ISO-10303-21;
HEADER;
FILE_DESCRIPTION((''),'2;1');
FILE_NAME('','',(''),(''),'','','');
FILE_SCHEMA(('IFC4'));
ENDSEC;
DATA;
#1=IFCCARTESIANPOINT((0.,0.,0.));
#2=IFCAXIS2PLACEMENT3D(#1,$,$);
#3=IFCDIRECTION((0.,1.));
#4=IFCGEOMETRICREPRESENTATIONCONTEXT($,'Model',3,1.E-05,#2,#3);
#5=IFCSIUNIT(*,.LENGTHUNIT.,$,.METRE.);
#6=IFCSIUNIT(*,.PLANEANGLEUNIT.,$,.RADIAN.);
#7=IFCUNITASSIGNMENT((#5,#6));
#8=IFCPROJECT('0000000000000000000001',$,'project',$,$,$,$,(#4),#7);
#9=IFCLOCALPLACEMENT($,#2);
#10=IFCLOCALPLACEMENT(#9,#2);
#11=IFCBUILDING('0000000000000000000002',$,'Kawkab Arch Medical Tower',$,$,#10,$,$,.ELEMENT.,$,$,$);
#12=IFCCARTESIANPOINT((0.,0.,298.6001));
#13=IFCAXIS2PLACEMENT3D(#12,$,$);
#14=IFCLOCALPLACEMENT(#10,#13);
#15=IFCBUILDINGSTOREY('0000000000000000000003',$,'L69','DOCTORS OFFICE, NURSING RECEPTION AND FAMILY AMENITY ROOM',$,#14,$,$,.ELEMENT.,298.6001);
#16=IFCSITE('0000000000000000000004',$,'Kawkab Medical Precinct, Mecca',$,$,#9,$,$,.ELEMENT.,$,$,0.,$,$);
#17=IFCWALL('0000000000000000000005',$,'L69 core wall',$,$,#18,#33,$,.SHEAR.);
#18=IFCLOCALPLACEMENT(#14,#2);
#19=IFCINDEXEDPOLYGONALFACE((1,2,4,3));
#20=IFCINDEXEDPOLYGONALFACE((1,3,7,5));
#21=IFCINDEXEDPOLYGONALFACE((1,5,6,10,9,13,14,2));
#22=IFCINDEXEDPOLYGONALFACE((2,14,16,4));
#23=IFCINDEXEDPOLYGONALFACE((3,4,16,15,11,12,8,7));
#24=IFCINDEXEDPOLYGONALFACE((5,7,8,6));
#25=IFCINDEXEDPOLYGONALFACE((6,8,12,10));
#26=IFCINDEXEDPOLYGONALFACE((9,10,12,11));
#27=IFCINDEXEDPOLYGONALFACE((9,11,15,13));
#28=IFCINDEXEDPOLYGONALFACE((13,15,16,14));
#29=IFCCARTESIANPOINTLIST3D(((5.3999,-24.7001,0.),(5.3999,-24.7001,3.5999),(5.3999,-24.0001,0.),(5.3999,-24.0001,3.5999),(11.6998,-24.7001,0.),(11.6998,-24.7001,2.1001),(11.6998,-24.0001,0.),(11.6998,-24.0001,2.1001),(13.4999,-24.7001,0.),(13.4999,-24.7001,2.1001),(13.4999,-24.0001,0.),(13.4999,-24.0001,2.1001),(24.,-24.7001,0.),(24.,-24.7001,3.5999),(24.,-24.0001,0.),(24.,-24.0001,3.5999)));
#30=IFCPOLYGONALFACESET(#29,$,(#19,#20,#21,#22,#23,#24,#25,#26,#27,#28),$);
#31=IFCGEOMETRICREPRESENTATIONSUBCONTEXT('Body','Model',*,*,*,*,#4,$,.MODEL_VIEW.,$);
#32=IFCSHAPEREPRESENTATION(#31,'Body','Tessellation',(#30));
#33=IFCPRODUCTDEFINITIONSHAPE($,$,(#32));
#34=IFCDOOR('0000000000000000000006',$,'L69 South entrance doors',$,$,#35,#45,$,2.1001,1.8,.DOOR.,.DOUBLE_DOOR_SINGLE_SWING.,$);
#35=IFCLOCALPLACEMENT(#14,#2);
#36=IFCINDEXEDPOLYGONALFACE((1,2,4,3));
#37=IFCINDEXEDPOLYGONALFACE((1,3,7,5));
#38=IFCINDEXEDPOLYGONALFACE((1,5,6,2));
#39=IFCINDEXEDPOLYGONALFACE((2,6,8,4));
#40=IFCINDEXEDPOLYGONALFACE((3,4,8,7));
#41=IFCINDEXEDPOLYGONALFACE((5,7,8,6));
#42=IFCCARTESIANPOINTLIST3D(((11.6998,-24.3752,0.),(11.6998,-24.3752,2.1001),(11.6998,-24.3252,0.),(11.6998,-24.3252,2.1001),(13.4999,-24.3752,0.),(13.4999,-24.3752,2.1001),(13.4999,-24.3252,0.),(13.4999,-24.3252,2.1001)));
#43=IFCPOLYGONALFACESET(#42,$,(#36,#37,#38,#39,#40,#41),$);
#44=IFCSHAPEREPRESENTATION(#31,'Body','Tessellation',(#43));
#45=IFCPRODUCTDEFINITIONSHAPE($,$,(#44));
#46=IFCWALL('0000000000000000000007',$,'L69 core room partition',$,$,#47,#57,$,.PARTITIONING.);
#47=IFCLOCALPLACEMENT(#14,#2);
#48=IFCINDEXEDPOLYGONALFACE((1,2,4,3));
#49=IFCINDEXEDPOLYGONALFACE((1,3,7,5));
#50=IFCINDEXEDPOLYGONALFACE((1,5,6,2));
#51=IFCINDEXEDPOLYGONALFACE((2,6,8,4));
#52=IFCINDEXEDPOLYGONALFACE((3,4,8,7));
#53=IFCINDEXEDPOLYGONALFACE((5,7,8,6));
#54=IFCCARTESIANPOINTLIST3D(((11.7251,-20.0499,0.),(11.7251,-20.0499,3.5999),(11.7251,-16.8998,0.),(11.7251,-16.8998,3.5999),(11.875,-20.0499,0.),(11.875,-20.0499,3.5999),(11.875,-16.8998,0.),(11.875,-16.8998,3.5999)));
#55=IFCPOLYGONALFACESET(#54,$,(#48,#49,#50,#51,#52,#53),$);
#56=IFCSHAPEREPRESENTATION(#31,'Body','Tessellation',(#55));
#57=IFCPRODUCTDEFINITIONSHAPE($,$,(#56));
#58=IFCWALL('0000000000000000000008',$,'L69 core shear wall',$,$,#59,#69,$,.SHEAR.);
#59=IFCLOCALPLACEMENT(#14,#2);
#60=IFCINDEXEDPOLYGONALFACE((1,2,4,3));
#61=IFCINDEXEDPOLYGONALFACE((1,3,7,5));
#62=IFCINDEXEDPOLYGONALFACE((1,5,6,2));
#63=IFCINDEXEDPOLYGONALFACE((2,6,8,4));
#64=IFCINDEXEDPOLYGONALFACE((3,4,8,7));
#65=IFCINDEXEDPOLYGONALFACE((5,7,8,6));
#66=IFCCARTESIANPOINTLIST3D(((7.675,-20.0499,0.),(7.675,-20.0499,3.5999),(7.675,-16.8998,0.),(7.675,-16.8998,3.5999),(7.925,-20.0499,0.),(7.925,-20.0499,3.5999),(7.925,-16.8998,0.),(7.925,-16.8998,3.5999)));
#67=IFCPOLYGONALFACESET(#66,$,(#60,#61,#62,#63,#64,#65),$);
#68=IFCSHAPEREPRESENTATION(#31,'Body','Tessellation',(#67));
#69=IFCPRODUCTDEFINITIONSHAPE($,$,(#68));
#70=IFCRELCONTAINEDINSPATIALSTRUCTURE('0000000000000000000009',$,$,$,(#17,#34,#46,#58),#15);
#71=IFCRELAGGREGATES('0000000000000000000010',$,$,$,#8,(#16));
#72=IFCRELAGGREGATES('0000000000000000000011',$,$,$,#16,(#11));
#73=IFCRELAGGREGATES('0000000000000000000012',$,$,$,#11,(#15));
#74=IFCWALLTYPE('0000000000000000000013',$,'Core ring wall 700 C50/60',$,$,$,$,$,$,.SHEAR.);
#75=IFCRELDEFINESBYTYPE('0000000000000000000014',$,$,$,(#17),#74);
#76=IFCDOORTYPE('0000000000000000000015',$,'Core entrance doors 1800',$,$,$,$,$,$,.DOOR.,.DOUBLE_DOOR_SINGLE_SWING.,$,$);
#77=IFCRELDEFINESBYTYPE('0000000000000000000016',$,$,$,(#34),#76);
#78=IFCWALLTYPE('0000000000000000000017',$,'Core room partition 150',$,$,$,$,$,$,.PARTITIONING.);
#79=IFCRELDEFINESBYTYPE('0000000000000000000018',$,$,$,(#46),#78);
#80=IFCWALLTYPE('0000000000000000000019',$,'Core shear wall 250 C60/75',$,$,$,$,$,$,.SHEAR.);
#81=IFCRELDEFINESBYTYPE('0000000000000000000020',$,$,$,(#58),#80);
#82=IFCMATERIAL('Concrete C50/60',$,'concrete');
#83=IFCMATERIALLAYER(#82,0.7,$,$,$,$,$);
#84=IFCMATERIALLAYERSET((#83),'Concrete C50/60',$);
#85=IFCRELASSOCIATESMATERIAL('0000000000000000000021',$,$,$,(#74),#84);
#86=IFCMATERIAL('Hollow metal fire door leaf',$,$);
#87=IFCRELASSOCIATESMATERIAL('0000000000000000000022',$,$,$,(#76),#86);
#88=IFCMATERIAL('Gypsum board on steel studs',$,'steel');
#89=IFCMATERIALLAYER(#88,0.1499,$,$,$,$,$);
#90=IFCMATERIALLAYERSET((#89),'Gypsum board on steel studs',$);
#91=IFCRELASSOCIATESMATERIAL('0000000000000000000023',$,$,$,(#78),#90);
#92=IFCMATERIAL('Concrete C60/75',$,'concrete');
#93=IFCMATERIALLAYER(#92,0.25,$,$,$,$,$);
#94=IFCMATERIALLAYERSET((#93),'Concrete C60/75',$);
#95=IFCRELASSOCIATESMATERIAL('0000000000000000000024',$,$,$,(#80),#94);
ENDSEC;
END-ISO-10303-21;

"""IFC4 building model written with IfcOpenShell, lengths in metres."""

from ifc_helpers import new_model, si_unit, direction, frame, frame_2d, origin, place, context, subcontext, project, spatial, rectangle, extrude, material, layer, layer_set, type_object, element, fill, save


model = new_model("IFC4")

# Units and contexts
model_context = context("Model", 3, precision=1e-05, world=origin(), true_north=direction((0.0, 1.0)))
body_context = subcontext(model_context, "Body", "Model", "MODEL_VIEW")
ifc_project = project(units=[si_unit("LENGTHUNIT", "METRE"), si_unit("PLANEANGLEUNIT", "RADIAN")], contexts=[model_context])

# Site, building, storey
site_placement = place(None, origin())
site = spatial("IfcSite", under=ifc_project, at=site_placement, Name="Kawkab Medical Precinct, Mecca", CompositionType="ELEMENT", RefElevation=0.0)
building_placement = place(site_placement, origin())
building = spatial("IfcBuilding", under=site, at=building_placement, Name="Kawkab Arch Medical Tower", CompositionType="ELEMENT")
storey_placement = place(building_placement, frame((0.0, 0.0, 298.6001)))
storey = spatial("IfcBuildingStorey", under=building, at=storey_placement, Name="L69", Description="DOCTORS OFFICE, NURSING RECEPTION AND FAMILY AMENITY ROOM", CompositionType="ELEMENT", Elevation=298.6001)

# Wall, opening, door
ifc_material_1 = material(Name="Concrete C50/60", Category="concrete")
ifc_layer_1 = layer(ifc_material_1, 0.7)
ifc_layer_set_1 = layer_set([ifc_layer_1], Name="Concrete C50/60")
wall_type_1 = type_object("IfcWallType", Name="Core ring wall 700 C50/60", PredefinedType="SHEAR", material=ifc_layer_set_1)
wall_1_placement = place(storey_placement, frame((5.3999, -24.3501, 0.0), z_axis=(0.0, 0.0, 1.0), x_axis=(1.0, 0.0, 0.0)))
wall_1 = element("IfcWall", 1, at=wall_1_placement, inside=storey, type_object=wall_type_1, Name="L69 core wall", PredefinedType="SHEAR", context=body_context, shape_type="SweptSolid", body=[
    extrude(rectangle(XDim=18.6001, YDim=0.7, at=frame_2d((9.3, 0.0))), origin(), (0.0, 0.0, 1.0), 3.5999),
])
opening_1_placement = place(wall_1_placement, frame((6.3, 0.0, 0.0)))
opening_1 = element("IfcOpeningElement", 2, at=opening_1_placement, cuts=wall_1, PredefinedType="OPENING", context=body_context, shape_type="SweptSolid", body=[
    extrude(rectangle(XDim=1.8, YDim=2.1001, at=frame_2d((0.8999, 1.05))), frame((0.0, 0.3599, 0.0), z_axis=(0.0, -1.0, 0.0), x_axis=(1.0, 0.0, 0.0)), (0.0, 0.0, 1.0), 0.72),
])
ifc_material_2 = material(Name="Hollow metal fire door leaf")
door_type_1 = type_object("IfcDoorType", Name="Core entrance doors 1800", OperationType="DOUBLE_DOOR_SINGLE_SWING", PredefinedType="DOOR", material=ifc_material_2)
door_1_placement = place(opening_1_placement, origin())
door_1 = element("IfcDoor", 3, at=door_1_placement, inside=storey, type_object=door_type_1, Name="L69 South entrance doors", OperationType="DOUBLE_DOOR_SINGLE_SWING", OverallHeight=2.1001, OverallWidth=1.8, PredefinedType="DOOR", context=body_context, shape_type="SweptSolid", body=[
    extrude(rectangle(XDim=1.8, YDim=2.1001, at=frame_2d((0.8999, 1.05))), frame((0.0, 0.0249, 0.0), z_axis=(0.0, -1.0, 0.0), x_axis=(1.0, 0.0, 0.0)), (0.0, 0.0, 1.0), 0.05),
])
fill(opening_1, door_1)

# Walls
ifc_material_3 = material(Name="Gypsum board on steel studs", Category="steel")
ifc_layer_2 = layer(ifc_material_3, 0.1499)
ifc_layer_set_2 = layer_set([ifc_layer_2], Name="Gypsum board on steel studs")
wall_type_2 = type_object("IfcWallType", Name="Core room partition 150", PredefinedType="PARTITIONING", material=ifc_layer_set_2)
wall_2_placement = place(storey_placement, frame((11.8, -20.05, 0.0), z_axis=(0.0, 0.0, 1.0), x_axis=(0.0, 1.0, 0.0)))
element("IfcWall", 4, at=wall_2_placement, inside=storey, type_object=wall_type_2, Name="L69 core room partition", PredefinedType="PARTITIONING", context=body_context, shape_type="SweptSolid", body=[
    extrude(rectangle(XDim=3.1501, YDim=0.1499, at=frame_2d((1.5752, 0.0))), origin(), (0.0, 0.0, 1.0), 3.5999),
])
ifc_material_4 = material(Name="Concrete C60/75", Category="concrete")
ifc_layer_3 = layer(ifc_material_4, 0.25)
ifc_layer_set_3 = layer_set([ifc_layer_3], Name="Concrete C60/75")
wall_type_3 = type_object("IfcWallType", Name="Core shear wall 250 C60/75", PredefinedType="SHEAR", material=ifc_layer_set_3)
wall_3_placement = place(storey_placement, frame((7.8, -20.05, 0.0), z_axis=(0.0, 0.0, 1.0), x_axis=(0.0, 1.0, 0.0)))
element("IfcWall", 5, at=wall_3_placement, inside=storey, type_object=wall_type_3, Name="L69 core shear wall", PredefinedType="SHEAR", context=body_context, shape_type="SweptSolid", body=[
    extrude(rectangle(XDim=3.1501, YDim=0.25, at=frame_2d((1.5752, 0.0))), origin(), (0.0, 0.0, 1.0), 3.5999),
])

save(model, "model.ifc")
